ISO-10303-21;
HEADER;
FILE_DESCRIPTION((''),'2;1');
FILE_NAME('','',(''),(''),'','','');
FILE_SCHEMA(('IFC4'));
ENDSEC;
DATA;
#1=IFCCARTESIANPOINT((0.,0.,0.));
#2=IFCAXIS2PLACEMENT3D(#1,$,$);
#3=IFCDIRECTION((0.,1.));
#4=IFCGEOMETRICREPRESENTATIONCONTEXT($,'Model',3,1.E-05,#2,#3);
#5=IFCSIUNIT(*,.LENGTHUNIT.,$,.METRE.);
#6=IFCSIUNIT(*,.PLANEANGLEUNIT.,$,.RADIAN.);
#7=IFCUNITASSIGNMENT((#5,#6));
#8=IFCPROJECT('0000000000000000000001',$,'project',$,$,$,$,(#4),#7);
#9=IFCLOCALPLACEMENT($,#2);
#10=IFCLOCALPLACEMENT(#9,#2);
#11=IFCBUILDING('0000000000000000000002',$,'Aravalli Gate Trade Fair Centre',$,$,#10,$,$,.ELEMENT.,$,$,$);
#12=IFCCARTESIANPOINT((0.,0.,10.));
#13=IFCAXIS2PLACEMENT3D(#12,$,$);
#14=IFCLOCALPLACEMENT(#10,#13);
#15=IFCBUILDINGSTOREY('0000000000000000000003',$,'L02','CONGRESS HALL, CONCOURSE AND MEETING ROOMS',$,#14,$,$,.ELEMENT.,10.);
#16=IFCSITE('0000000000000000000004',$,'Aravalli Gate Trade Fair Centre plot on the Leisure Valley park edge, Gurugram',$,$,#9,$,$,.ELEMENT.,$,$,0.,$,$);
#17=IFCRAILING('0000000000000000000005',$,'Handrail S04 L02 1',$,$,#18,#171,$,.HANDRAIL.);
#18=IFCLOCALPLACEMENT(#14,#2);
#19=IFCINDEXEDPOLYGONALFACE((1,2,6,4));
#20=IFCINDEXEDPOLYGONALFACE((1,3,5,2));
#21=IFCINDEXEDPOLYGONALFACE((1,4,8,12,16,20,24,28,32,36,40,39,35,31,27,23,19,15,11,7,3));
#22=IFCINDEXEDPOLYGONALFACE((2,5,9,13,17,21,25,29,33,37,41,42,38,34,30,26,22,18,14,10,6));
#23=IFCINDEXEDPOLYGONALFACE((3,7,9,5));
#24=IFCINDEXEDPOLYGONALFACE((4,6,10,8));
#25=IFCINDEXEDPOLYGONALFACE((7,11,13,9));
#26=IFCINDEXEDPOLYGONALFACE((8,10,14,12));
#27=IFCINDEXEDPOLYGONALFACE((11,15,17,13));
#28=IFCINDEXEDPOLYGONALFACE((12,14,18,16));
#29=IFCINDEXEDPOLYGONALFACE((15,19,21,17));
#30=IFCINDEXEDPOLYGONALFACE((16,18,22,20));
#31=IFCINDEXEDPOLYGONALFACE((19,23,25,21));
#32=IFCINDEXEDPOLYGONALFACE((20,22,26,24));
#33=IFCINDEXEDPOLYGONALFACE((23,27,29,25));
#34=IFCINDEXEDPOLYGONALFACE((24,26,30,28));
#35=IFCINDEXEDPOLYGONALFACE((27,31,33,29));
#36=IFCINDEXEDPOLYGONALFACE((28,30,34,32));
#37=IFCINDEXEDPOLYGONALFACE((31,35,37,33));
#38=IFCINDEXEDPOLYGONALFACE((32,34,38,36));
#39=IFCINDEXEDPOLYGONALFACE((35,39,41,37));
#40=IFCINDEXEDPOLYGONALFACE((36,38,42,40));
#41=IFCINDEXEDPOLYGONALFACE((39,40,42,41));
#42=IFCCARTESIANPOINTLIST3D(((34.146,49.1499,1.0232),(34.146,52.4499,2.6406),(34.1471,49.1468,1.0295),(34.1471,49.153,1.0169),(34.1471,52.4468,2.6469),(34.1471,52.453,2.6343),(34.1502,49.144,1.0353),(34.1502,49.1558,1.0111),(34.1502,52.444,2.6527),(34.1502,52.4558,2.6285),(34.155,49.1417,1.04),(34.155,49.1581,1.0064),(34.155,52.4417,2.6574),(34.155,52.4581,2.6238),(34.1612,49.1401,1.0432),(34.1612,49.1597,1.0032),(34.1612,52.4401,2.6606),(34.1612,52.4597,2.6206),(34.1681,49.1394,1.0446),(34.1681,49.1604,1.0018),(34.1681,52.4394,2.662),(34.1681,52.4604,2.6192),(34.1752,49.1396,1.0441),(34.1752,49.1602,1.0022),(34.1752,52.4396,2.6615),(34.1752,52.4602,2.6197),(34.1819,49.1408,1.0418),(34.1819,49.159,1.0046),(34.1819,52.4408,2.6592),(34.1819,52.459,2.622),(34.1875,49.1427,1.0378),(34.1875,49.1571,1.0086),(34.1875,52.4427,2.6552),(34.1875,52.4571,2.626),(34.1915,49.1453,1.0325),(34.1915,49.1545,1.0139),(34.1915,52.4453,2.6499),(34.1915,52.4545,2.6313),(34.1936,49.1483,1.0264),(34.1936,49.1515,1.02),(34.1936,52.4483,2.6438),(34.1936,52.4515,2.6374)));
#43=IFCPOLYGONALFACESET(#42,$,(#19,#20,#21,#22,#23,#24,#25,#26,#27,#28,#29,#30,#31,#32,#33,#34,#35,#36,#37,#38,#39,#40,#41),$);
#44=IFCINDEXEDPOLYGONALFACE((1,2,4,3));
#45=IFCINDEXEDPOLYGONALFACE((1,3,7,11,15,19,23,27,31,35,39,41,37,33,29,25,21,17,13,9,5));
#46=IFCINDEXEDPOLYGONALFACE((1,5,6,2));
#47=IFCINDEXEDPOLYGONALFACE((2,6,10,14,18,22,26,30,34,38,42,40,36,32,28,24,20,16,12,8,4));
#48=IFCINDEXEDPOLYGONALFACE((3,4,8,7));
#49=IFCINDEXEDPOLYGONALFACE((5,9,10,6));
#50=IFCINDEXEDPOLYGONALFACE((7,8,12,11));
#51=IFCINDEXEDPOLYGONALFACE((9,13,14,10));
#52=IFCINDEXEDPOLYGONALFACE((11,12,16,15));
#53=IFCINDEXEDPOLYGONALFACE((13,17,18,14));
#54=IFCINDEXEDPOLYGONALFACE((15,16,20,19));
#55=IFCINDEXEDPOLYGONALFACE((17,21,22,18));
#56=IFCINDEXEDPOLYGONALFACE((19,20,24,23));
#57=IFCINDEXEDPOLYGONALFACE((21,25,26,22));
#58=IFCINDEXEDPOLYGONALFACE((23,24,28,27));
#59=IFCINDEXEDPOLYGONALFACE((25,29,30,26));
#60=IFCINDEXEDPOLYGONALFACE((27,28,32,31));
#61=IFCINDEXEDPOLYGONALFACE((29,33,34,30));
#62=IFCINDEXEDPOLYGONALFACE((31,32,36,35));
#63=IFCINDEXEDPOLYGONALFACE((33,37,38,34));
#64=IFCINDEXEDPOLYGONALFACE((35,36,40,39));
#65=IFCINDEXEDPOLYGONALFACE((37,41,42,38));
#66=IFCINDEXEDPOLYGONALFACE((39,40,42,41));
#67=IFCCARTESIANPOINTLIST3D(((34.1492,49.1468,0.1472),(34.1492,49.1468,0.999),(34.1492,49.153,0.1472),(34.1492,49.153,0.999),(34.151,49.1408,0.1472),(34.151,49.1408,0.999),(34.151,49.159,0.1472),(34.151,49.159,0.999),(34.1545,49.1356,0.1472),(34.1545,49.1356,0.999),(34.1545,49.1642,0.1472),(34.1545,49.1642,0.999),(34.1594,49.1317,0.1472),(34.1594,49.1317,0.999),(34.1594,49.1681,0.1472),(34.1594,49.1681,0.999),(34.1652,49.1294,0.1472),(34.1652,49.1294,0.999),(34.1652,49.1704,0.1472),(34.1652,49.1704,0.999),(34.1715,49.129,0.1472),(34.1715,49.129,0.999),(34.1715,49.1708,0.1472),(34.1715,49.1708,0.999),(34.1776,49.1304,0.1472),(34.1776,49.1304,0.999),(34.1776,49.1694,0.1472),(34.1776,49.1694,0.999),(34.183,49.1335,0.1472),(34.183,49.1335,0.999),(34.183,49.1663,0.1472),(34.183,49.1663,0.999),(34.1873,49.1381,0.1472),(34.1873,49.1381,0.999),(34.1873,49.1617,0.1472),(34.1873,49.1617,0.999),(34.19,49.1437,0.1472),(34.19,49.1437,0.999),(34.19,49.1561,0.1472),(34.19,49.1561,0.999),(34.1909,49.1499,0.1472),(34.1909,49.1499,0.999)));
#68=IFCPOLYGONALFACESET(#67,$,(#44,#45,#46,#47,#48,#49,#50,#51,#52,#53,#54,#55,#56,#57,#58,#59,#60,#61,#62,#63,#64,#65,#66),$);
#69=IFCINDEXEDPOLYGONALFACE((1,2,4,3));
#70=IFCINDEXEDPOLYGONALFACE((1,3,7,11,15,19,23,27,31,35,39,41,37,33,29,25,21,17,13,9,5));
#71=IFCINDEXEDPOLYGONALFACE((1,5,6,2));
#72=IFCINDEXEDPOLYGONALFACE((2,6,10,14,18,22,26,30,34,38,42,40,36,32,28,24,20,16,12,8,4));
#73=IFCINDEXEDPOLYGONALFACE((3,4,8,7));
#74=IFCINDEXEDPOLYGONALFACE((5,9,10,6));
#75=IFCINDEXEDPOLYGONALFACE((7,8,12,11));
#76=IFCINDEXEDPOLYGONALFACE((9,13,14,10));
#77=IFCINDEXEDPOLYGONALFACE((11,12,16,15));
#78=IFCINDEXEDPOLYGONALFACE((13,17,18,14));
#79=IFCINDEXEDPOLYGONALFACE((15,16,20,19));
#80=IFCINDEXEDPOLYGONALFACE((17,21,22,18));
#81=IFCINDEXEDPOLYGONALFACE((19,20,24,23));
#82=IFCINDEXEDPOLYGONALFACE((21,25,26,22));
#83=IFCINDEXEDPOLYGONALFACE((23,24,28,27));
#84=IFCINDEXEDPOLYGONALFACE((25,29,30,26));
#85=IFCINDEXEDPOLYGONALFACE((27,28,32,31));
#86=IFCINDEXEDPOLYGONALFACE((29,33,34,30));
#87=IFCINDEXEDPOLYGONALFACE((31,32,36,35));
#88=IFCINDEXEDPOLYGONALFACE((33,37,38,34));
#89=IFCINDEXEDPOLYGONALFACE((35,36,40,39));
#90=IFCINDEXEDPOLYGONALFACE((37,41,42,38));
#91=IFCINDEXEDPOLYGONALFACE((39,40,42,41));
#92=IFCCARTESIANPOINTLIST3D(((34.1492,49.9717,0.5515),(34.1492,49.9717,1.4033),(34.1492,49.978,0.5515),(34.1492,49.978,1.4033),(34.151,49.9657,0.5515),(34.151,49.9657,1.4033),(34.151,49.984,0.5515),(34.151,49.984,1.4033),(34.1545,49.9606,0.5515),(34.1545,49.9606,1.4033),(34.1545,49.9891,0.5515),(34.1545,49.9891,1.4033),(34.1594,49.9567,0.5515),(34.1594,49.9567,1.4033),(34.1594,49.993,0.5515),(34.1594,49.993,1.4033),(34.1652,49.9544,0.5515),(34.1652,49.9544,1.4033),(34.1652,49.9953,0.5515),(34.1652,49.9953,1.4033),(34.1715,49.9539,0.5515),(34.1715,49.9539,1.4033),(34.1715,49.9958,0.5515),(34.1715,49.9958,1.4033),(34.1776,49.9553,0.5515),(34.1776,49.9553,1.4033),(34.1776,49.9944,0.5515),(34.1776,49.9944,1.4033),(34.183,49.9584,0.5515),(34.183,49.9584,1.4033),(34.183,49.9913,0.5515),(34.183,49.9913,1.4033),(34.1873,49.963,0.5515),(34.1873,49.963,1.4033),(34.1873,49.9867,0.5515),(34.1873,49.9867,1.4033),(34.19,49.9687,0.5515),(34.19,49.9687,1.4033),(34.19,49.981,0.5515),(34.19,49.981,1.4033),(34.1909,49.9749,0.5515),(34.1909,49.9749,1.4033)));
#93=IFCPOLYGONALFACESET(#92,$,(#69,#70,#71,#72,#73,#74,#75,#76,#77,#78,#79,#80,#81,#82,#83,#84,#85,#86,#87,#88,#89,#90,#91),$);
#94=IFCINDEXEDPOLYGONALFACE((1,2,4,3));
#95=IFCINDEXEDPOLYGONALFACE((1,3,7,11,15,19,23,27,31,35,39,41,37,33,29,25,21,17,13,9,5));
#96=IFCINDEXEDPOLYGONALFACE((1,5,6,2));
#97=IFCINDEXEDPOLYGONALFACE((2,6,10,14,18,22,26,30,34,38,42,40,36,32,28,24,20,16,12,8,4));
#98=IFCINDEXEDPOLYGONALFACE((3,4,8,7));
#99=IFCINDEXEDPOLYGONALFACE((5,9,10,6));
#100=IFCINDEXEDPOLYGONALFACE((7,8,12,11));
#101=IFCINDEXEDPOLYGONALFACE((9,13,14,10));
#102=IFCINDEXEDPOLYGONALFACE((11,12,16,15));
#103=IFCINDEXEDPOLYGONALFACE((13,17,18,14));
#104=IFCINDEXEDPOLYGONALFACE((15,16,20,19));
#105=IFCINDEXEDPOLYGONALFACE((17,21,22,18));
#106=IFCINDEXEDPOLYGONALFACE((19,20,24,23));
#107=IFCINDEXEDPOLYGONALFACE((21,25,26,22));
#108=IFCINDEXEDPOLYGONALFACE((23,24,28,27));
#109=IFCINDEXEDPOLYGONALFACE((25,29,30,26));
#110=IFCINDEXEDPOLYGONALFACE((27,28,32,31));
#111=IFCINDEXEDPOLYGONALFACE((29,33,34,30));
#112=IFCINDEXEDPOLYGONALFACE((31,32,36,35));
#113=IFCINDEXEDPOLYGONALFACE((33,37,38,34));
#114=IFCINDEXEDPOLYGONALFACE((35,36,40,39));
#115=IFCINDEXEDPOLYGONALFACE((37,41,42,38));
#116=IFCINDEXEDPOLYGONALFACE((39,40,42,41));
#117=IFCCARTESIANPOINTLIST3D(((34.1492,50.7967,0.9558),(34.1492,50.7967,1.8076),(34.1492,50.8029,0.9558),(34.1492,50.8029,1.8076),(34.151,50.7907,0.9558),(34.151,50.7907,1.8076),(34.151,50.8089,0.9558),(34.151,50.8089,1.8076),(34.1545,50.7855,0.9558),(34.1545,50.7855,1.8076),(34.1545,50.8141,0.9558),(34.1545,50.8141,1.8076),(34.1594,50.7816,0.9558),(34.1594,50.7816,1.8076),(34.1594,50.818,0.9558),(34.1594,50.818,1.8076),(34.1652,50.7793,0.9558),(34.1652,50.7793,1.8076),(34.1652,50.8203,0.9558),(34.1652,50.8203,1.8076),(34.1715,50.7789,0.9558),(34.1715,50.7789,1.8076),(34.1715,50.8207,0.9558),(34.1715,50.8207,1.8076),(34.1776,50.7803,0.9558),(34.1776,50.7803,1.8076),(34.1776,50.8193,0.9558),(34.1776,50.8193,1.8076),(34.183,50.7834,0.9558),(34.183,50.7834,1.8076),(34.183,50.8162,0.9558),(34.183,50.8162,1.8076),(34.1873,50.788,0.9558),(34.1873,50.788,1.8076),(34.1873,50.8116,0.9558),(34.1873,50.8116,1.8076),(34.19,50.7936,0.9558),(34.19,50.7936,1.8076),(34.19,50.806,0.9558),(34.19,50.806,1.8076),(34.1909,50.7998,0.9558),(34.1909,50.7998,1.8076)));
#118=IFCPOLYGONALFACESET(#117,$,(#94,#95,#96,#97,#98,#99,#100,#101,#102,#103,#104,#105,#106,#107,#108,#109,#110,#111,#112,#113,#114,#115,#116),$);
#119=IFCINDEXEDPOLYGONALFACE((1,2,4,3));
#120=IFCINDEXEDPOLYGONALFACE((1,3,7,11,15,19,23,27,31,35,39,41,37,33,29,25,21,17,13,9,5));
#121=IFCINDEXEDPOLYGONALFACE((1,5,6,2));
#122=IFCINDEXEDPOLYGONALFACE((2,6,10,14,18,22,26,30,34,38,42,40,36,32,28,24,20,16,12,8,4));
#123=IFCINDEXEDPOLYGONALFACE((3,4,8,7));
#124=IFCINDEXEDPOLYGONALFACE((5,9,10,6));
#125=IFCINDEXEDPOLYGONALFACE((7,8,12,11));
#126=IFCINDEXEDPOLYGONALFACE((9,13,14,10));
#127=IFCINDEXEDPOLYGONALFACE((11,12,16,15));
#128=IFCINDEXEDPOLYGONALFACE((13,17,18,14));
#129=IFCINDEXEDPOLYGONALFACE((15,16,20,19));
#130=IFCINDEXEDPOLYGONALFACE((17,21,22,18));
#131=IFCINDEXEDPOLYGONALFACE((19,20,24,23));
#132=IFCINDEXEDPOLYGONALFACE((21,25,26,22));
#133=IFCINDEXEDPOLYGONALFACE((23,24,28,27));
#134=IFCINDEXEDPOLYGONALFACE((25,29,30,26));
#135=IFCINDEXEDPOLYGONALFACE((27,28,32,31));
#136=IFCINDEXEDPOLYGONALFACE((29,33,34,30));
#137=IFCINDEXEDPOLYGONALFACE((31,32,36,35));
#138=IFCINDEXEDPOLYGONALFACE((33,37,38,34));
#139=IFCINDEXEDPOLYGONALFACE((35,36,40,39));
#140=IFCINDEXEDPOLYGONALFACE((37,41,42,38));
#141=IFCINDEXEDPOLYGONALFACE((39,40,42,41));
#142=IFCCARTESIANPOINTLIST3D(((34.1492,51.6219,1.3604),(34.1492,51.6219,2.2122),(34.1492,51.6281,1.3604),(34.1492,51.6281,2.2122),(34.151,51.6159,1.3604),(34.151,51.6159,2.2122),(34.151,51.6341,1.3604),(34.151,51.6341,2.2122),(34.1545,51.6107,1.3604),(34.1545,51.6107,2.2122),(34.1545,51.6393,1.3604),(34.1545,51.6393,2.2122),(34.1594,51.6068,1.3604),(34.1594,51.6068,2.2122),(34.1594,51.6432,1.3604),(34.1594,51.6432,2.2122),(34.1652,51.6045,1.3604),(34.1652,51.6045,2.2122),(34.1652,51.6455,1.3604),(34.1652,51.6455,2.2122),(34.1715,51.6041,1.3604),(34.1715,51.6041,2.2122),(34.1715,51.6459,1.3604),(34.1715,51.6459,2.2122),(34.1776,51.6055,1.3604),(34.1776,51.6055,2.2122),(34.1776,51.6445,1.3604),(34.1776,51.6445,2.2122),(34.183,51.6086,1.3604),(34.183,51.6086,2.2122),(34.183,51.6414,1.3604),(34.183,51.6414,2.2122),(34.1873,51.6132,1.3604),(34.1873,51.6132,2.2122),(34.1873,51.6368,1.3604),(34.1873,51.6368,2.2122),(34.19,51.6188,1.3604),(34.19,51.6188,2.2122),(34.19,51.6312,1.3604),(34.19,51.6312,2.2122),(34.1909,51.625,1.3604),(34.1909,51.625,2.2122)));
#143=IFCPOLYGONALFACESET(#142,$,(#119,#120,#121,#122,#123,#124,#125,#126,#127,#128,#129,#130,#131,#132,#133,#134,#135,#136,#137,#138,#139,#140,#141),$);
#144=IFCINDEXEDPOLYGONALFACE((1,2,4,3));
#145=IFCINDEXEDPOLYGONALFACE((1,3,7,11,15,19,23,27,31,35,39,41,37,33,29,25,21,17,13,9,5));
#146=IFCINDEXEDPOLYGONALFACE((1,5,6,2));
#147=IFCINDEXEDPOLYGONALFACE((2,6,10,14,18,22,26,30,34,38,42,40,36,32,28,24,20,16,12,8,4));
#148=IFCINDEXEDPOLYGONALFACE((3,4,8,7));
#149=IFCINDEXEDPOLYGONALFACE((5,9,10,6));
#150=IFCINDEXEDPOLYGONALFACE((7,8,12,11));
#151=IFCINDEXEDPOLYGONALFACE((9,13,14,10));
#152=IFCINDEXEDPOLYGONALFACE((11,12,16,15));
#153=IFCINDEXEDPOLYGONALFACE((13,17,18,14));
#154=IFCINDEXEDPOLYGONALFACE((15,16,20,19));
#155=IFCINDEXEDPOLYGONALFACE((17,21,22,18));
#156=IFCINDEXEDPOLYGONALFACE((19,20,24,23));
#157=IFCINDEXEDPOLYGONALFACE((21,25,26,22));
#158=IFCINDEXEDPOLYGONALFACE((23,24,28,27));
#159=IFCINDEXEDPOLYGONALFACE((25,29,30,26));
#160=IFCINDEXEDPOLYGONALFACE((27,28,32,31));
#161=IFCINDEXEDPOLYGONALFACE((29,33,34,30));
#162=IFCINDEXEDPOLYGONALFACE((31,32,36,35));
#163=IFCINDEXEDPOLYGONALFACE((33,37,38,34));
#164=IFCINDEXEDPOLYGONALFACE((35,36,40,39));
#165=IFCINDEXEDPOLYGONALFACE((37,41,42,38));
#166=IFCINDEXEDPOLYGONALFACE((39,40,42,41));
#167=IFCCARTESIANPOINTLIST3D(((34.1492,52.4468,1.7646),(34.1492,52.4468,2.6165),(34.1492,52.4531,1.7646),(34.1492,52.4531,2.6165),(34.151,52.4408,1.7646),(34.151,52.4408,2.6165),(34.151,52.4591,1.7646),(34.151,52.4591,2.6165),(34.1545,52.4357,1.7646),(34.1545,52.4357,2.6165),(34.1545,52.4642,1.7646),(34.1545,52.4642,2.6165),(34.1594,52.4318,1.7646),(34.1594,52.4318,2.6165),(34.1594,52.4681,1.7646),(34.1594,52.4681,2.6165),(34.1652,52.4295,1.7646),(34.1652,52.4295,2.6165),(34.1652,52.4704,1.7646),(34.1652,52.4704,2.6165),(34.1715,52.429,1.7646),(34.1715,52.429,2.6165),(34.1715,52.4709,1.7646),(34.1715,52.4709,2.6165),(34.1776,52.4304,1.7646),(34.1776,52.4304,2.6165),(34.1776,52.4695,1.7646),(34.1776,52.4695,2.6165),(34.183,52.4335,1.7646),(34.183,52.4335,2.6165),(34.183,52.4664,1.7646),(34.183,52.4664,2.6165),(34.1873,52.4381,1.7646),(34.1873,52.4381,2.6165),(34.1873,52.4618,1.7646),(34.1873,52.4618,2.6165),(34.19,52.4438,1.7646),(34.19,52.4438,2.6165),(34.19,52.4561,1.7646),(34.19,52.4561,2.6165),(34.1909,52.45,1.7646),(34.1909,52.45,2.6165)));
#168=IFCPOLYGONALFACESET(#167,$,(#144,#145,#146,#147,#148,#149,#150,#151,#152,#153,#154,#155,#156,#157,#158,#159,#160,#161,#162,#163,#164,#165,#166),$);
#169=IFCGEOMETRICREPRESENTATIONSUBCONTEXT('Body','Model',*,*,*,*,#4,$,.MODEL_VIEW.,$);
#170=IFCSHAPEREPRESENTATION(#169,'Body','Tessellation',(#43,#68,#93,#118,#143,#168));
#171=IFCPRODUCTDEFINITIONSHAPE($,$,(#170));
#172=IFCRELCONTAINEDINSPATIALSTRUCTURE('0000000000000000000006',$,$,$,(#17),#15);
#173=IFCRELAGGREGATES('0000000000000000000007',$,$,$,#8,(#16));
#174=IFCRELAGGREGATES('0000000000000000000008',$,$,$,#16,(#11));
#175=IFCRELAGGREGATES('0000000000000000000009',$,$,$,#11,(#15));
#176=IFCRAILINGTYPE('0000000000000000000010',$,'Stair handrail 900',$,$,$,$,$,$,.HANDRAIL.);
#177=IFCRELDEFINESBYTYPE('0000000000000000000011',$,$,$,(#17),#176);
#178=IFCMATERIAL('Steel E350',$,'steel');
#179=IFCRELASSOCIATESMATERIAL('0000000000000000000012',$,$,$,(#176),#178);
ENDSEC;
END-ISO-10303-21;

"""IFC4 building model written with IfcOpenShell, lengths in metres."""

from ifc_helpers import new_model, si_unit, direction, frame, origin, origin_2d, place, context, subcontext, project, spatial, circle, extrude, material, type_object, element, save


model = new_model("IFC4")

# Units and contexts
model_context = context("Model", 3, precision=1e-05, world=origin(), true_north=direction((0.0, 1.0)))
body_context = subcontext(model_context, "Body", "Model", "MODEL_VIEW")
ifc_project = project(units=[si_unit("LENGTHUNIT", "METRE"), si_unit("PLANEANGLEUNIT", "RADIAN")], contexts=[model_context])

# Site, building, storey
site_placement = place(None, origin())
site = spatial("IfcSite", under=ifc_project, at=site_placement, Name="Aravalli Gate Trade Fair Centre plot on the Leisure Valley park edge, Gurugram", CompositionType="ELEMENT", RefElevation=0.0)
building_placement = place(site_placement, origin())
building = spatial("IfcBuilding", under=site, at=building_placement, Name="Aravalli Gate Trade Fair Centre", CompositionType="ELEMENT")
storey_placement = place(building_placement, frame((0.0, 0.0, 10.0)))
storey = spatial("IfcBuildingStorey", under=building, at=storey_placement, Name="L02", Description="CONGRESS HALL, CONCOURSE AND MEETING ROOMS", CompositionType="ELEMENT", Elevation=10.0)

# Shared definitions
ifc_material_1 = material(Name="Steel E350", Category="steel")

# Railing
railing_type_1 = type_object("IfcRailingType", Name="Stair handrail 900", PredefinedType="HANDRAIL", material=ifc_material_1)
for number, where, name in (
    (1, (34.1699, 49.1499, 0.1472), "Handrail S04 L02 1"),
):
    element("IfcRailing", number, at=place(storey_placement, frame(where)), inside=storey, type_object=railing_type_1, Name=name, PredefinedType="HANDRAIL", context=body_context, shape_type="SweptSolid", body=[
        extrude(circle(Radius=0.0239, at=origin_2d()), frame((0.0, 0.0, 0.876), z_axis=(0.0, 0.897946, 0.440105), x_axis=(-1.0, 0.0, 0.0)), (0.0, 0.0, 1.0), 3.675),
        extrude(circle(Radius=0.021, at=origin_2d()), origin(), (0.0, 0.0, 1.0), 0.8518),
        extrude(circle(Radius=0.021, at=origin_2d()), frame((0.0, 0.825, 0.4043)), (0.0, 0.0, 1.0), 0.8518),
        extrude(circle(Radius=0.021, at=origin_2d()), frame((0.0, 1.6499, 0.8086)), (0.0, 0.0, 1.0), 0.8518),
        extrude(circle(Radius=0.021, at=origin_2d()), frame((0.0, 2.4751, 1.2131)), (0.0, 0.0, 1.0), 0.8518),
        extrude(circle(Radius=0.021, at=origin_2d()), frame((0.0, 3.3, 1.6174)), (0.0, 0.0, 1.0), 0.8518),
    ])

save(model, "model.ifc")
